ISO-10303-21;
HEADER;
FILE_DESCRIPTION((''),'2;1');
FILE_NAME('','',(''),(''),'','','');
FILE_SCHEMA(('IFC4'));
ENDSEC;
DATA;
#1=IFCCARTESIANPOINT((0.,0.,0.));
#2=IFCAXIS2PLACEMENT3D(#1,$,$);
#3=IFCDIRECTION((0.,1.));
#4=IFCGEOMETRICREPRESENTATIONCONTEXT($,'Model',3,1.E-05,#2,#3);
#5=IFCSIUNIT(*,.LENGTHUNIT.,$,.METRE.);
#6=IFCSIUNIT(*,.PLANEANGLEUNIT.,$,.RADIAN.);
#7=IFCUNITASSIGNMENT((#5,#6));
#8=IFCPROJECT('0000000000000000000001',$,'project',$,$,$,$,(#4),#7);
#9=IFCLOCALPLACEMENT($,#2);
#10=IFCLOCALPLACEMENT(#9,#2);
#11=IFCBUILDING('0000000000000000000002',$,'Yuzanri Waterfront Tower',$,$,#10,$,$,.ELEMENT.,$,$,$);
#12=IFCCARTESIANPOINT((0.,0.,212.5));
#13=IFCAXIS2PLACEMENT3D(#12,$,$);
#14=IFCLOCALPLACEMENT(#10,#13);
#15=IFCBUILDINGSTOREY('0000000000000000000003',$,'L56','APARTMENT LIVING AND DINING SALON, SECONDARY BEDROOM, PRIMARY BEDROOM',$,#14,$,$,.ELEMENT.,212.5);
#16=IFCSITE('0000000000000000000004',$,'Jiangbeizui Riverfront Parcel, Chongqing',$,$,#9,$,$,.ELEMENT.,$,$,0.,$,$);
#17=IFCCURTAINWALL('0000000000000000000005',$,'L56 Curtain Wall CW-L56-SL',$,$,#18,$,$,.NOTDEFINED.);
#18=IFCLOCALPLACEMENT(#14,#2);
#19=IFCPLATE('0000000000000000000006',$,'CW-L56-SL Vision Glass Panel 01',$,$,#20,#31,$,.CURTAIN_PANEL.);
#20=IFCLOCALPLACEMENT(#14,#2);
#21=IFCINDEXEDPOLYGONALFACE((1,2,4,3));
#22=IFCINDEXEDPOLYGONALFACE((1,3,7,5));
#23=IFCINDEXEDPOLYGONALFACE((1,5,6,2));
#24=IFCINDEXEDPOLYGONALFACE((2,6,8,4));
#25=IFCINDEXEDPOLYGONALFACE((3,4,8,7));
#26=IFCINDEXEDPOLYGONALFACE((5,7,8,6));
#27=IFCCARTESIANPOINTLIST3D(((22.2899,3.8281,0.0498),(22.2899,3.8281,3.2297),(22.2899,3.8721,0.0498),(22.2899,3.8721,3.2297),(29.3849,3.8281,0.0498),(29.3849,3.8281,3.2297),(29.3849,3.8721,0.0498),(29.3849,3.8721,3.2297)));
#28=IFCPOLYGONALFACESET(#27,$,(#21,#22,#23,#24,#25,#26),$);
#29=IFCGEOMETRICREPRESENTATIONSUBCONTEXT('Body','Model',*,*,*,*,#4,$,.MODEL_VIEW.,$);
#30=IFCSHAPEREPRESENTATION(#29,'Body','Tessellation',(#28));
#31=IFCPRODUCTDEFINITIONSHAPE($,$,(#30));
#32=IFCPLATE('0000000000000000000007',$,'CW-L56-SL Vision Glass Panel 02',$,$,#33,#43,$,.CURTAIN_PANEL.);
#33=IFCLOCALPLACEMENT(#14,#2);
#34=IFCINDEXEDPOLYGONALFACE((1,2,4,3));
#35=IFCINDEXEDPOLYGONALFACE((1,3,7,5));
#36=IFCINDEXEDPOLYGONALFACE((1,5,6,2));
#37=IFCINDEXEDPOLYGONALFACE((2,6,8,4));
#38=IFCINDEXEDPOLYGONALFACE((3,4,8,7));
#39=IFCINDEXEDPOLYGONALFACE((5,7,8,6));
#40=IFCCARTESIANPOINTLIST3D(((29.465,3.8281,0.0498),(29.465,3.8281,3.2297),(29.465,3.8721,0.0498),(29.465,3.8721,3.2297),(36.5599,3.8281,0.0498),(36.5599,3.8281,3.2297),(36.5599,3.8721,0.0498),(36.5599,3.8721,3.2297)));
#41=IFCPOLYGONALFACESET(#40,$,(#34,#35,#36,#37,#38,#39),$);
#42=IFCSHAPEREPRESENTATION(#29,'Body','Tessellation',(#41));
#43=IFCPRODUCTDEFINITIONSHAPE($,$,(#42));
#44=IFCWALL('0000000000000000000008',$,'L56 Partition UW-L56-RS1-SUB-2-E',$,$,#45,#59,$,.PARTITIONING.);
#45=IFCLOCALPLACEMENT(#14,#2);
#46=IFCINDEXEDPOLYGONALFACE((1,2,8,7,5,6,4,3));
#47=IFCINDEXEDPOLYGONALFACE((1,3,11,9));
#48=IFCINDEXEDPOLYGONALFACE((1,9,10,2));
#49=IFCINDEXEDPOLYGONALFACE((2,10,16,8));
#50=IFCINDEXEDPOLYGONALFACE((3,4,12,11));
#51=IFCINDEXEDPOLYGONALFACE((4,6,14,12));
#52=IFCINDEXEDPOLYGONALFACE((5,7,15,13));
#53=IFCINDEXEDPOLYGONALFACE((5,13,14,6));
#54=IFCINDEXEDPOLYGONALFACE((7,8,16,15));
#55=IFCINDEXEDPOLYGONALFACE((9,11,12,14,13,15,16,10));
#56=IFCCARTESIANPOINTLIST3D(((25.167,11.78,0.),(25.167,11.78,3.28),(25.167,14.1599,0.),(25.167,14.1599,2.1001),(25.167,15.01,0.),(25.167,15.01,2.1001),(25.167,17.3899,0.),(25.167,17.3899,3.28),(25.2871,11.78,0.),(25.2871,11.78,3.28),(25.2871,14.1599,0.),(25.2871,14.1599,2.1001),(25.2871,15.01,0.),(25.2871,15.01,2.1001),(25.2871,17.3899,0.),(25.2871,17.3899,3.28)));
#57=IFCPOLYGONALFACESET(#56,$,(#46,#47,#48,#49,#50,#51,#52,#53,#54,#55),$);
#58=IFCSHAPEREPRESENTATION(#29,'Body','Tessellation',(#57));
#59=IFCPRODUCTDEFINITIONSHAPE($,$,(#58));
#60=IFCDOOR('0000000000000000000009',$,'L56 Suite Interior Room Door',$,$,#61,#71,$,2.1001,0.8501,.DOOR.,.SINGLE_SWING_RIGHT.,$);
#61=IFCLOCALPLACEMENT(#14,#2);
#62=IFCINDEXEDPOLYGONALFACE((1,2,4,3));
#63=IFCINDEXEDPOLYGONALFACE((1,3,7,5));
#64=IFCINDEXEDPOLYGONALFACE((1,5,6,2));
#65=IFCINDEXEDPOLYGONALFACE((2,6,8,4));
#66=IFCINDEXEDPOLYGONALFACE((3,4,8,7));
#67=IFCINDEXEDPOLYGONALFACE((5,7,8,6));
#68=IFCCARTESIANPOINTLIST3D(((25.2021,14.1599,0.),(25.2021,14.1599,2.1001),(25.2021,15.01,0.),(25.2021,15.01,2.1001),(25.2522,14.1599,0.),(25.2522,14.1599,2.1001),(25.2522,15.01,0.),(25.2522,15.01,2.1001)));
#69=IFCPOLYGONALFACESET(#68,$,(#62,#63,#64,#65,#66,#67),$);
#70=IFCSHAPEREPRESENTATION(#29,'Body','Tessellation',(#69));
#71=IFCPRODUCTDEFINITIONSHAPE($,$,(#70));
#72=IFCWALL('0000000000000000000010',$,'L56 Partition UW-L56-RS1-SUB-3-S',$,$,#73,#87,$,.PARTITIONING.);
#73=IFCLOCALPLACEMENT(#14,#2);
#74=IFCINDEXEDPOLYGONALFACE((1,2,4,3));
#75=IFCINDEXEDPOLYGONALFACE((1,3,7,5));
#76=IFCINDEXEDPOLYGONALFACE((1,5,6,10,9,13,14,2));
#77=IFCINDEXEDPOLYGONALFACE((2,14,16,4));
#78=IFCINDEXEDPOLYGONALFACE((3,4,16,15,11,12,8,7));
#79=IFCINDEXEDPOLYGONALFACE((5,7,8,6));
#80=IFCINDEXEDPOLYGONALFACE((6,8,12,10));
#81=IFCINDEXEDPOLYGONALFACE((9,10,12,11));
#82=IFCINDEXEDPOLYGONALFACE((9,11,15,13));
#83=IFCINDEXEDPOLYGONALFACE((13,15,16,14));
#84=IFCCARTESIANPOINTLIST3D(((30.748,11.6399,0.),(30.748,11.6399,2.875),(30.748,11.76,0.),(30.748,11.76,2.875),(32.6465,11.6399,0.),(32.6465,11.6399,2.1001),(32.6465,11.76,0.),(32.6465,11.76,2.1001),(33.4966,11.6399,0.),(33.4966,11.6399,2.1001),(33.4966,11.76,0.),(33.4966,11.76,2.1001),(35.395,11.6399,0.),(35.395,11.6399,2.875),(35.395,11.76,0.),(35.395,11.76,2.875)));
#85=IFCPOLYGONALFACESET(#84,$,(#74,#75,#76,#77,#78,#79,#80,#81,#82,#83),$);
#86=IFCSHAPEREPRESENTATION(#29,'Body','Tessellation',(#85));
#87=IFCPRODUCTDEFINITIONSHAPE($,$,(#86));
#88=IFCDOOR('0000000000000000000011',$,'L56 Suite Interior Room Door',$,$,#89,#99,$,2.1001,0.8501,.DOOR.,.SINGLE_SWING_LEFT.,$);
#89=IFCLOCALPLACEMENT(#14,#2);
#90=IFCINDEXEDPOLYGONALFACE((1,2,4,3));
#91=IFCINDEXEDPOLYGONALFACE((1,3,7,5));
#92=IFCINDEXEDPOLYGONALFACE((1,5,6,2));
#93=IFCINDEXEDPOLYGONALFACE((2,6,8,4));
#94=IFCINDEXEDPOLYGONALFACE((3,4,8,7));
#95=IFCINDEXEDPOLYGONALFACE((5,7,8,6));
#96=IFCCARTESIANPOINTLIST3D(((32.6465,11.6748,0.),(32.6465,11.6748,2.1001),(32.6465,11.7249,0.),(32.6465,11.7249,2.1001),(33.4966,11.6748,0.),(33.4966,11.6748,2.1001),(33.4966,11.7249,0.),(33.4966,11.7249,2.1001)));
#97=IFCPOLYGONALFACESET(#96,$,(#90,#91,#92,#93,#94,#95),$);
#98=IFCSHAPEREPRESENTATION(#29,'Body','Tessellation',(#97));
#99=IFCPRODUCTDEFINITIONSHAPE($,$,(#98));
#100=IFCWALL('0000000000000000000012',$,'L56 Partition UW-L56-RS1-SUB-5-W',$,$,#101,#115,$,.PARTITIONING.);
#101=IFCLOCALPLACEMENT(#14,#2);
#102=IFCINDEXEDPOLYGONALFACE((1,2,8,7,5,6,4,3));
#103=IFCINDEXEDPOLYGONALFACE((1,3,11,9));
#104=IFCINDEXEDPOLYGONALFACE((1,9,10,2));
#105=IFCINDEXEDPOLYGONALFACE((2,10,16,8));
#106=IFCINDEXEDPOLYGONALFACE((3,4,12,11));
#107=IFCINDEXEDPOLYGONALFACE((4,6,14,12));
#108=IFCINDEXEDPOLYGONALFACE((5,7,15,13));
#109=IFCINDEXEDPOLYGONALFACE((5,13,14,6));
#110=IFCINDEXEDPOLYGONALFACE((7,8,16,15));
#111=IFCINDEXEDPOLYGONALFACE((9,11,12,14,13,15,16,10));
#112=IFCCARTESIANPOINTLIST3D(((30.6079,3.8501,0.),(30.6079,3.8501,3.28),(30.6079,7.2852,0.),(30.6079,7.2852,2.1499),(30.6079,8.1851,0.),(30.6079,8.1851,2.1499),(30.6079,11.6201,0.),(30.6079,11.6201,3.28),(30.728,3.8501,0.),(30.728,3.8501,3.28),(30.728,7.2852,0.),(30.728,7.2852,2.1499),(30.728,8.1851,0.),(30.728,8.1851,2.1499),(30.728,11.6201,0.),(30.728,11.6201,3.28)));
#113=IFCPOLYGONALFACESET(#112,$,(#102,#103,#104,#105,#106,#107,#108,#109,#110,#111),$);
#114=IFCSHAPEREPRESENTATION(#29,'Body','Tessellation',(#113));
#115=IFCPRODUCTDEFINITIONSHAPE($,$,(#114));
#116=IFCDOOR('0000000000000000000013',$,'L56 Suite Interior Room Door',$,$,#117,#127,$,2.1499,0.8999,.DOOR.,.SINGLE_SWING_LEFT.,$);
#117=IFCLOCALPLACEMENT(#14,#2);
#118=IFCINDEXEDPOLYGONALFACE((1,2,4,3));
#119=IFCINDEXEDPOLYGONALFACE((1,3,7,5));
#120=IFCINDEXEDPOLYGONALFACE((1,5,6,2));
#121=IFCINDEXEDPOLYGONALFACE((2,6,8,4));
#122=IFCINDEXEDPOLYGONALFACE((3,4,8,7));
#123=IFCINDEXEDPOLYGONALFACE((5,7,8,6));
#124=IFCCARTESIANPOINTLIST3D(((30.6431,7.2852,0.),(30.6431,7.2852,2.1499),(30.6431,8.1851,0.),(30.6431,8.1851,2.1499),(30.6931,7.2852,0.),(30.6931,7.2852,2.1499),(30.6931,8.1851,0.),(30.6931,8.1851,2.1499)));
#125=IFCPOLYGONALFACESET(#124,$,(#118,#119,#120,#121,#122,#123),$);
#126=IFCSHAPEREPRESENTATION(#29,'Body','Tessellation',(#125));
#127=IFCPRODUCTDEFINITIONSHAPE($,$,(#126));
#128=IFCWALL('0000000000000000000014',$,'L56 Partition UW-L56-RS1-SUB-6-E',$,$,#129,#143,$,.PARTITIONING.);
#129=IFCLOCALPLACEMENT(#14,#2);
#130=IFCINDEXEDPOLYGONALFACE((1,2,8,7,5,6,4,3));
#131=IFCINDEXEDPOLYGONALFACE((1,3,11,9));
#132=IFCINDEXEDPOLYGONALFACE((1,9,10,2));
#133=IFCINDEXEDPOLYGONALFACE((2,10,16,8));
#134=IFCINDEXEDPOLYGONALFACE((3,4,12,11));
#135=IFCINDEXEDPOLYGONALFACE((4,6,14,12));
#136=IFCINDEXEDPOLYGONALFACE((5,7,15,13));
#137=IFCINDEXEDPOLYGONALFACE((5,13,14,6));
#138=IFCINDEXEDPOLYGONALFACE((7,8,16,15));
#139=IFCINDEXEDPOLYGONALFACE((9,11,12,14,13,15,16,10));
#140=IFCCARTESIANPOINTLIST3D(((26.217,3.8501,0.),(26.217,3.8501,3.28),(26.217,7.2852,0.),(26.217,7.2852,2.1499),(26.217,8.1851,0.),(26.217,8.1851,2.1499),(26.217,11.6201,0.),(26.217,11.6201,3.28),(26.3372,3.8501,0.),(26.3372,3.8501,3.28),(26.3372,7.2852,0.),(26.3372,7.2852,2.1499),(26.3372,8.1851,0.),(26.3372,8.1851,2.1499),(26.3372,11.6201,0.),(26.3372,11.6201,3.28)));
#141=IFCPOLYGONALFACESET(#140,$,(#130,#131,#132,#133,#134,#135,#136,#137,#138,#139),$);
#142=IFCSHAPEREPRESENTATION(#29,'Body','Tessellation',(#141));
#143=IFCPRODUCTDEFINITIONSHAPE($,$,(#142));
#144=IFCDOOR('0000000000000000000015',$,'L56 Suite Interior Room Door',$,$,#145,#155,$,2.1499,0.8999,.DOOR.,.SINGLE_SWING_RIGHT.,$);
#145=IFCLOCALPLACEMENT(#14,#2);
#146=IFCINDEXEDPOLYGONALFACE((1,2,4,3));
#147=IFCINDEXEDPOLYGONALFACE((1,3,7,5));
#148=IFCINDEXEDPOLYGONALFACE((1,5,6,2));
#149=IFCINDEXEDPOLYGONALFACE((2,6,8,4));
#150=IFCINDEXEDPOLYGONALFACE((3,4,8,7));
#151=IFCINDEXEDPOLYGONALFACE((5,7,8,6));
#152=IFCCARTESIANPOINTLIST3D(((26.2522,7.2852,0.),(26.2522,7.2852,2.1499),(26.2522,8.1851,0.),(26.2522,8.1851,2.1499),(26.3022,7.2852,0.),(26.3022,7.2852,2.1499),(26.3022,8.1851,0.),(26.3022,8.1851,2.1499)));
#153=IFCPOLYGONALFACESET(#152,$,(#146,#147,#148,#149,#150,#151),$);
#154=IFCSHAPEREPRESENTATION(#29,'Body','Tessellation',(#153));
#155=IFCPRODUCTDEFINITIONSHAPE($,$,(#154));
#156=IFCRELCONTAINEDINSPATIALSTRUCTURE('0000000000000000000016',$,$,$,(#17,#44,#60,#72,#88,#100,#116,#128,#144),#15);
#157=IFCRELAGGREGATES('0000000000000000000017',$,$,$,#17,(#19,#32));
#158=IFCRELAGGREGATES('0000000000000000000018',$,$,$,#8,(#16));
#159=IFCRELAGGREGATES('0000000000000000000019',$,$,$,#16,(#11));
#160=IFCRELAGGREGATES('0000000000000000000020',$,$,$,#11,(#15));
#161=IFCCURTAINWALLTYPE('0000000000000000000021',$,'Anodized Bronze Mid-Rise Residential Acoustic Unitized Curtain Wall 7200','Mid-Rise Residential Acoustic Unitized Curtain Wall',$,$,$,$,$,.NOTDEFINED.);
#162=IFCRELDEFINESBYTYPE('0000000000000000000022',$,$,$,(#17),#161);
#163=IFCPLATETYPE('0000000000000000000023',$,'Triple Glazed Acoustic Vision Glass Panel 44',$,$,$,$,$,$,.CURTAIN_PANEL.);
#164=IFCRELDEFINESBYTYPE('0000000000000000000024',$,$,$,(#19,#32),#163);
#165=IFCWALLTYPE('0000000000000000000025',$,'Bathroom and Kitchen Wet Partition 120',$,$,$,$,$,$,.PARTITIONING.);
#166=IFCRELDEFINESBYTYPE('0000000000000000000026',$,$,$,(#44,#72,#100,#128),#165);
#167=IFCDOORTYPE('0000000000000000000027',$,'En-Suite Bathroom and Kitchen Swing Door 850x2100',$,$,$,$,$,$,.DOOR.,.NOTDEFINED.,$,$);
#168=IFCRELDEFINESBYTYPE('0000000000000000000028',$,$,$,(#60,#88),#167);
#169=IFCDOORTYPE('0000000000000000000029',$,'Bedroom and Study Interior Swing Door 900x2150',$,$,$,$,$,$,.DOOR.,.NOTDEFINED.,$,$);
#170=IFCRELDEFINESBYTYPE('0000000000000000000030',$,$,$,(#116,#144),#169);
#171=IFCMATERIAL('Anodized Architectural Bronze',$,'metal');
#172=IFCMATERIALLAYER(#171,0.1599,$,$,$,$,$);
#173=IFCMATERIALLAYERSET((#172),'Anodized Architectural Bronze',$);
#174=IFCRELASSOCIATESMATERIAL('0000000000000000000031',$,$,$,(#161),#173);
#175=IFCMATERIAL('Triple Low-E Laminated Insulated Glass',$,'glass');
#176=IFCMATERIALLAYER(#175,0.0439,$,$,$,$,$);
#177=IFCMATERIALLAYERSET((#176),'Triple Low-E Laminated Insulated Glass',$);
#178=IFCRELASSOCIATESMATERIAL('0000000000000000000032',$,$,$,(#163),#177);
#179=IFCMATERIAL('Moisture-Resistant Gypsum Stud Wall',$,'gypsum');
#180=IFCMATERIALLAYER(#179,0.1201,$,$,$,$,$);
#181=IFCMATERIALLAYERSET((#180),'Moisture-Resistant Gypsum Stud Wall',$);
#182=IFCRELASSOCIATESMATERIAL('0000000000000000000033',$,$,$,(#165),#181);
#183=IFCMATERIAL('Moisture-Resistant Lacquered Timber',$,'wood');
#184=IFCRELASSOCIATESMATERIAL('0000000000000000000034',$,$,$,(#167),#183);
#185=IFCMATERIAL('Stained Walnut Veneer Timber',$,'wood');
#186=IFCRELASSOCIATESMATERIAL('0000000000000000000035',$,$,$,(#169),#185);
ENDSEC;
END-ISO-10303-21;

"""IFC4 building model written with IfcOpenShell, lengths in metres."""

from ifc_helpers import new_model, si_unit, direction, frame, frame_2d, origin, origin_2d, place, context, subcontext, project, spatial, rectangle, extrude, source, transform, mapped, material, layer, layer_set, type_object, element, fill, aggregate, save


model = new_model("IFC4")

# Units and contexts
model_context = context("Model", 3, precision=1e-05, world=origin(), true_north=direction((0.0, 1.0)))
body_context = subcontext(model_context, "Body", "Model", "MODEL_VIEW")
ifc_project = project(units=[si_unit("LENGTHUNIT", "METRE"), si_unit("PLANEANGLEUNIT", "RADIAN")], contexts=[model_context])

# Site, building, storey
site_placement = place(None, origin())
site = spatial("IfcSite", under=ifc_project, at=site_placement, Name="Jiangbeizui Riverfront Parcel, Chongqing", CompositionType="ELEMENT", RefElevation=0.0)
building_placement = place(site_placement, origin())
building = spatial("IfcBuilding", under=site, at=building_placement, Name="Yuzanri Waterfront Tower", CompositionType="ELEMENT")
storey_placement = place(building_placement, frame((0.0, 0.0, 212.5)))
storey = spatial("IfcBuildingStorey", under=building, at=storey_placement, Name="L56", Description="APARTMENT LIVING AND DINING SALON, SECONDARY BEDROOM, PRIMARY BEDROOM", CompositionType="ELEMENT", Elevation=212.5)

# Curtain wall, plates
ifc_material_1 = material(Name="Anodized Architectural Bronze", Category="metal")
ifc_layer_1 = layer(ifc_material_1, 0.1599)
ifc_layer_set_1 = layer_set([ifc_layer_1], Name="Anodized Architectural Bronze")
curtain_wall_type = type_object("IfcCurtainWallType", Name="Anodized Bronze Mid-Rise Residential Acoustic Unitized Curtain Wall 7200", Description="Mid-Rise Residential Acoustic Unitized Curtain Wall", PredefinedType="NOTDEFINED", material=ifc_layer_set_1)
curtain_wall_placement = place(storey_placement, origin())
curtain_wall = element("IfcCurtainWall", 1, at=curtain_wall_placement, inside=storey, type_object=curtain_wall_type, Name="L56 Curtain Wall CW-L56-SL", PredefinedType="NOTDEFINED")
ifc_material_2 = material(Name="Triple Low-E Laminated Insulated Glass", Category="glass")
ifc_layer_2 = layer(ifc_material_2, 0.0439)
ifc_layer_set_2 = layer_set([ifc_layer_2], Name="Triple Low-E Laminated Insulated Glass")
plate_type = type_object("IfcPlateType", Name="Triple Glazed Acoustic Vision Glass Panel 44", PredefinedType="CURTAIN_PANEL", material=ifc_layer_set_2)
shared_shape_1 = source(origin(), body_context, "Body", "SweptSolid", [
    extrude(rectangle(XDim=7.095, YDim=0.0439, at=origin_2d()), origin(), (0.0, 0.0, 1.0), 3.1799),
])
plate_1_placement = place(storey_placement, frame((25.8374, 3.8501, 0.0498), z_axis=(0.0, 0.0, 1.0), x_axis=(1.0, 0.0, 0.0)))
plate_1 = element("IfcPlate", 2, at=plate_1_placement, type_object=plate_type, Name="CW-L56-SL Vision Glass Panel 01", PredefinedType="CURTAIN_PANEL", context=body_context, shape_type="MappedRepresentation", body=[
    mapped(shared_shape_1, transform((0.0, 0.0, 0.0), scale=1.0)),
])
plate_2_placement = place(storey_placement, frame((33.0125, 3.8501, 0.0498), z_axis=(0.0, 0.0, 1.0), x_axis=(1.0, 0.0, 0.0)))
plate_2 = element("IfcPlate", 3, at=plate_2_placement, type_object=plate_type, Name="CW-L56-SL Vision Glass Panel 02", PredefinedType="CURTAIN_PANEL", context=body_context, shape_type="MappedRepresentation", body=[
    mapped(shared_shape_1, transform((0.0, 0.0, 0.0), scale=1.0)),
])
aggregate(curtain_wall, [plate_1, plate_2])

# Walls, openings, doors
ifc_material_3 = material(Name="Moisture-Resistant Gypsum Stud Wall", Category="gypsum")
ifc_layer_3 = layer(ifc_material_3, 0.1201)
ifc_layer_set_3 = layer_set([ifc_layer_3], Name="Moisture-Resistant Gypsum Stud Wall")
wall_type_1 = type_object("IfcWallType", Name="Bathroom and Kitchen Wet Partition 120", PredefinedType="PARTITIONING", material=ifc_layer_set_3)
wall_1_placement = place(storey_placement, frame((25.2271, 11.78, 0.0), z_axis=(0.0, 0.0, 1.0), x_axis=(0.0, 1.0, 0.0)))
wall_1 = element("IfcWall", 4, at=wall_1_placement, inside=storey, type_object=wall_type_1, Name="L56 Partition UW-L56-RS1-SUB-2-E", PredefinedType="PARTITIONING", context=body_context, shape_type="SweptSolid", body=[
    extrude(rectangle(XDim=5.6099, YDim=0.1201, at=frame_2d((2.8049, 0.0))), origin(), (0.0, 0.0, 1.0), 3.28),
])
opening_1_placement = place(wall_1_placement, frame((2.3799, 0.0, 0.0)))
opening_1 = element("IfcOpeningElement", 5, at=opening_1_placement, cuts=wall_1, PredefinedType="OPENING", context=body_context, shape_type="SweptSolid", body=[
    extrude(rectangle(XDim=0.8501, YDim=2.1001, at=frame_2d((0.425, 1.05))), frame((0.0, 0.075, 0.0), z_axis=(0.0, -1.0, 0.0), x_axis=(1.0, 0.0, 0.0)), (0.0, 0.0, 1.0), 0.1499),
])
ifc_material_4 = material(Name="Moisture-Resistant Lacquered Timber", Category="wood")
door_type_1 = type_object("IfcDoorType", Name="En-Suite Bathroom and Kitchen Swing Door 850x2100", OperationType="NOTDEFINED", PredefinedType="DOOR", material=ifc_material_4)
shared_shape_2 = source(origin(), body_context, "Body", "SweptSolid", [
    extrude(rectangle(XDim=0.8501, YDim=2.1001, at=frame_2d((0.425, 1.05))), frame((0.0, 0.0249, 0.0), z_axis=(0.0, -1.0, 0.0), x_axis=(1.0, 0.0, 0.0)), (0.0, 0.0, 1.0), 0.05),
])
door_1_placement = place(opening_1_placement, origin())
door_1 = element("IfcDoor", 6, at=door_1_placement, inside=storey, type_object=door_type_1, Name="L56 Suite Interior Room Door", OperationType="SINGLE_SWING_RIGHT", OverallHeight=2.1001, OverallWidth=0.8501, PredefinedType="DOOR", context=body_context, shape_type="MappedRepresentation", body=[
    mapped(shared_shape_2, transform((0.0, 0.0, 0.0), scale=1.0)),
])
fill(opening_1, door_1)
wall_2_placement = place(storey_placement, frame((30.748, 11.7, 0.0), z_axis=(0.0, 0.0, 1.0), x_axis=(1.0, 0.0, 0.0)))
wall_2 = element("IfcWall", 7, at=wall_2_placement, inside=storey, type_object=wall_type_1, Name="L56 Partition UW-L56-RS1-SUB-3-S", PredefinedType="PARTITIONING", context=body_context, shape_type="SweptSolid", body=[
    extrude(rectangle(XDim=4.647, YDim=0.1201, at=frame_2d((2.3235, 0.0))), origin(), (0.0, 0.0, 1.0), 2.875),
])
opening_2_placement = place(wall_2_placement, frame((1.8984, 0.0, 0.0)))
opening_2 = element("IfcOpeningElement", 8, at=opening_2_placement, cuts=wall_2, PredefinedType="OPENING", context=body_context, shape_type="SweptSolid", body=[
    extrude(rectangle(XDim=0.8501, YDim=2.1001, at=frame_2d((0.425, 1.05))), frame((0.0, 0.075, 0.0), z_axis=(0.0, -1.0, 0.0), x_axis=(1.0, 0.0, 0.0)), (0.0, 0.0, 1.0), 0.1499),
])
door_2_placement = place(opening_2_placement, origin())
door_2 = element("IfcDoor", 9, at=door_2_placement, inside=storey, type_object=door_type_1, Name="L56 Suite Interior Room Door", OperationType="SINGLE_SWING_LEFT", OverallHeight=2.1001, OverallWidth=0.8501, PredefinedType="DOOR", context=body_context, shape_type="MappedRepresentation", body=[
    mapped(shared_shape_2, transform((0.0, 0.0, 0.0), scale=1.0)),
])
fill(opening_2, door_2)
wall_3_placement = place(storey_placement, frame((30.668, 3.8501, 0.0), z_axis=(0.0, 0.0, 1.0), x_axis=(0.0, 1.0, 0.0)))
wall_3 = element("IfcWall", 10, at=wall_3_placement, inside=storey, type_object=wall_type_1, Name="L56 Partition UW-L56-RS1-SUB-5-W", PredefinedType="PARTITIONING", context=body_context, shape_type="SweptSolid", body=[
    extrude(rectangle(XDim=7.77, YDim=0.1201, at=frame_2d((3.885, 0.0))), origin(), (0.0, 0.0, 1.0), 3.28),
])
opening_3_placement = place(wall_3_placement, frame((3.4351, 0.0, 0.0)))
opening_3 = element("IfcOpeningElement", 11, at=opening_3_placement, cuts=wall_3, PredefinedType="OPENING", context=body_context, shape_type="SweptSolid", body=[
    extrude(rectangle(XDim=0.8999, YDim=2.1499, at=frame_2d((0.45, 1.075))), frame((0.0, 0.075, 0.0), z_axis=(0.0, -1.0, 0.0), x_axis=(1.0, 0.0, 0.0)), (0.0, 0.0, 1.0), 0.1499),
])
ifc_material_5 = material(Name="Stained Walnut Veneer Timber", Category="wood")
door_type_2 = type_object("IfcDoorType", Name="Bedroom and Study Interior Swing Door 900x2150", OperationType="NOTDEFINED", PredefinedType="DOOR", material=ifc_material_5)
shared_shape_3 = source(origin(), body_context, "Body", "SweptSolid", [
    extrude(rectangle(XDim=0.8999, YDim=2.1499, at=frame_2d((0.45, 1.075))), frame((0.0, 0.0249, 0.0), z_axis=(0.0, -1.0, 0.0), x_axis=(1.0, 0.0, 0.0)), (0.0, 0.0, 1.0), 0.05),
])
door_3_placement = place(opening_3_placement, origin())
door_3 = element("IfcDoor", 12, at=door_3_placement, inside=storey, type_object=door_type_2, Name="L56 Suite Interior Room Door", OperationType="SINGLE_SWING_LEFT", OverallHeight=2.1499, OverallWidth=0.8999, PredefinedType="DOOR", context=body_context, shape_type="MappedRepresentation", body=[
    mapped(shared_shape_3, transform((0.0, 0.0, 0.0), scale=1.0)),
])
fill(opening_3, door_3)
wall_4_placement = place(storey_placement, frame((26.2771, 3.8501, 0.0), z_axis=(0.0, 0.0, 1.0), x_axis=(0.0, 1.0, 0.0)))
wall_4 = element("IfcWall", 13, at=wall_4_placement, inside=storey, type_object=wall_type_1, Name="L56 Partition UW-L56-RS1-SUB-6-E", PredefinedType="PARTITIONING", context=body_context, shape_type="SweptSolid", body=[
    extrude(rectangle(XDim=7.77, YDim=0.1201, at=frame_2d((3.885, 0.0))), origin(), (0.0, 0.0, 1.0), 3.28),
])
opening_4_placement = place(wall_4_placement, frame((3.4351, 0.0, 0.0)))
opening_4 = element("IfcOpeningElement", 14, at=opening_4_placement, cuts=wall_4, PredefinedType="OPENING", context=body_context, shape_type="SweptSolid", body=[
    extrude(rectangle(XDim=0.8999, YDim=2.1499, at=frame_2d((0.45, 1.075))), frame((0.0, 0.075, 0.0), z_axis=(0.0, -1.0, 0.0), x_axis=(1.0, 0.0, 0.0)), (0.0, 0.0, 1.0), 0.1499),
])
door_4_placement = place(opening_4_placement, origin())
door_4 = element("IfcDoor", 15, at=door_4_placement, inside=storey, type_object=door_type_2, Name="L56 Suite Interior Room Door", OperationType="SINGLE_SWING_RIGHT", OverallHeight=2.1499, OverallWidth=0.8999, PredefinedType="DOOR", context=body_context, shape_type="MappedRepresentation", body=[
    mapped(shared_shape_3, transform((0.0, 0.0, 0.0), scale=1.0)),
])
fill(opening_4, door_4)

save(model, "model.ifc")
